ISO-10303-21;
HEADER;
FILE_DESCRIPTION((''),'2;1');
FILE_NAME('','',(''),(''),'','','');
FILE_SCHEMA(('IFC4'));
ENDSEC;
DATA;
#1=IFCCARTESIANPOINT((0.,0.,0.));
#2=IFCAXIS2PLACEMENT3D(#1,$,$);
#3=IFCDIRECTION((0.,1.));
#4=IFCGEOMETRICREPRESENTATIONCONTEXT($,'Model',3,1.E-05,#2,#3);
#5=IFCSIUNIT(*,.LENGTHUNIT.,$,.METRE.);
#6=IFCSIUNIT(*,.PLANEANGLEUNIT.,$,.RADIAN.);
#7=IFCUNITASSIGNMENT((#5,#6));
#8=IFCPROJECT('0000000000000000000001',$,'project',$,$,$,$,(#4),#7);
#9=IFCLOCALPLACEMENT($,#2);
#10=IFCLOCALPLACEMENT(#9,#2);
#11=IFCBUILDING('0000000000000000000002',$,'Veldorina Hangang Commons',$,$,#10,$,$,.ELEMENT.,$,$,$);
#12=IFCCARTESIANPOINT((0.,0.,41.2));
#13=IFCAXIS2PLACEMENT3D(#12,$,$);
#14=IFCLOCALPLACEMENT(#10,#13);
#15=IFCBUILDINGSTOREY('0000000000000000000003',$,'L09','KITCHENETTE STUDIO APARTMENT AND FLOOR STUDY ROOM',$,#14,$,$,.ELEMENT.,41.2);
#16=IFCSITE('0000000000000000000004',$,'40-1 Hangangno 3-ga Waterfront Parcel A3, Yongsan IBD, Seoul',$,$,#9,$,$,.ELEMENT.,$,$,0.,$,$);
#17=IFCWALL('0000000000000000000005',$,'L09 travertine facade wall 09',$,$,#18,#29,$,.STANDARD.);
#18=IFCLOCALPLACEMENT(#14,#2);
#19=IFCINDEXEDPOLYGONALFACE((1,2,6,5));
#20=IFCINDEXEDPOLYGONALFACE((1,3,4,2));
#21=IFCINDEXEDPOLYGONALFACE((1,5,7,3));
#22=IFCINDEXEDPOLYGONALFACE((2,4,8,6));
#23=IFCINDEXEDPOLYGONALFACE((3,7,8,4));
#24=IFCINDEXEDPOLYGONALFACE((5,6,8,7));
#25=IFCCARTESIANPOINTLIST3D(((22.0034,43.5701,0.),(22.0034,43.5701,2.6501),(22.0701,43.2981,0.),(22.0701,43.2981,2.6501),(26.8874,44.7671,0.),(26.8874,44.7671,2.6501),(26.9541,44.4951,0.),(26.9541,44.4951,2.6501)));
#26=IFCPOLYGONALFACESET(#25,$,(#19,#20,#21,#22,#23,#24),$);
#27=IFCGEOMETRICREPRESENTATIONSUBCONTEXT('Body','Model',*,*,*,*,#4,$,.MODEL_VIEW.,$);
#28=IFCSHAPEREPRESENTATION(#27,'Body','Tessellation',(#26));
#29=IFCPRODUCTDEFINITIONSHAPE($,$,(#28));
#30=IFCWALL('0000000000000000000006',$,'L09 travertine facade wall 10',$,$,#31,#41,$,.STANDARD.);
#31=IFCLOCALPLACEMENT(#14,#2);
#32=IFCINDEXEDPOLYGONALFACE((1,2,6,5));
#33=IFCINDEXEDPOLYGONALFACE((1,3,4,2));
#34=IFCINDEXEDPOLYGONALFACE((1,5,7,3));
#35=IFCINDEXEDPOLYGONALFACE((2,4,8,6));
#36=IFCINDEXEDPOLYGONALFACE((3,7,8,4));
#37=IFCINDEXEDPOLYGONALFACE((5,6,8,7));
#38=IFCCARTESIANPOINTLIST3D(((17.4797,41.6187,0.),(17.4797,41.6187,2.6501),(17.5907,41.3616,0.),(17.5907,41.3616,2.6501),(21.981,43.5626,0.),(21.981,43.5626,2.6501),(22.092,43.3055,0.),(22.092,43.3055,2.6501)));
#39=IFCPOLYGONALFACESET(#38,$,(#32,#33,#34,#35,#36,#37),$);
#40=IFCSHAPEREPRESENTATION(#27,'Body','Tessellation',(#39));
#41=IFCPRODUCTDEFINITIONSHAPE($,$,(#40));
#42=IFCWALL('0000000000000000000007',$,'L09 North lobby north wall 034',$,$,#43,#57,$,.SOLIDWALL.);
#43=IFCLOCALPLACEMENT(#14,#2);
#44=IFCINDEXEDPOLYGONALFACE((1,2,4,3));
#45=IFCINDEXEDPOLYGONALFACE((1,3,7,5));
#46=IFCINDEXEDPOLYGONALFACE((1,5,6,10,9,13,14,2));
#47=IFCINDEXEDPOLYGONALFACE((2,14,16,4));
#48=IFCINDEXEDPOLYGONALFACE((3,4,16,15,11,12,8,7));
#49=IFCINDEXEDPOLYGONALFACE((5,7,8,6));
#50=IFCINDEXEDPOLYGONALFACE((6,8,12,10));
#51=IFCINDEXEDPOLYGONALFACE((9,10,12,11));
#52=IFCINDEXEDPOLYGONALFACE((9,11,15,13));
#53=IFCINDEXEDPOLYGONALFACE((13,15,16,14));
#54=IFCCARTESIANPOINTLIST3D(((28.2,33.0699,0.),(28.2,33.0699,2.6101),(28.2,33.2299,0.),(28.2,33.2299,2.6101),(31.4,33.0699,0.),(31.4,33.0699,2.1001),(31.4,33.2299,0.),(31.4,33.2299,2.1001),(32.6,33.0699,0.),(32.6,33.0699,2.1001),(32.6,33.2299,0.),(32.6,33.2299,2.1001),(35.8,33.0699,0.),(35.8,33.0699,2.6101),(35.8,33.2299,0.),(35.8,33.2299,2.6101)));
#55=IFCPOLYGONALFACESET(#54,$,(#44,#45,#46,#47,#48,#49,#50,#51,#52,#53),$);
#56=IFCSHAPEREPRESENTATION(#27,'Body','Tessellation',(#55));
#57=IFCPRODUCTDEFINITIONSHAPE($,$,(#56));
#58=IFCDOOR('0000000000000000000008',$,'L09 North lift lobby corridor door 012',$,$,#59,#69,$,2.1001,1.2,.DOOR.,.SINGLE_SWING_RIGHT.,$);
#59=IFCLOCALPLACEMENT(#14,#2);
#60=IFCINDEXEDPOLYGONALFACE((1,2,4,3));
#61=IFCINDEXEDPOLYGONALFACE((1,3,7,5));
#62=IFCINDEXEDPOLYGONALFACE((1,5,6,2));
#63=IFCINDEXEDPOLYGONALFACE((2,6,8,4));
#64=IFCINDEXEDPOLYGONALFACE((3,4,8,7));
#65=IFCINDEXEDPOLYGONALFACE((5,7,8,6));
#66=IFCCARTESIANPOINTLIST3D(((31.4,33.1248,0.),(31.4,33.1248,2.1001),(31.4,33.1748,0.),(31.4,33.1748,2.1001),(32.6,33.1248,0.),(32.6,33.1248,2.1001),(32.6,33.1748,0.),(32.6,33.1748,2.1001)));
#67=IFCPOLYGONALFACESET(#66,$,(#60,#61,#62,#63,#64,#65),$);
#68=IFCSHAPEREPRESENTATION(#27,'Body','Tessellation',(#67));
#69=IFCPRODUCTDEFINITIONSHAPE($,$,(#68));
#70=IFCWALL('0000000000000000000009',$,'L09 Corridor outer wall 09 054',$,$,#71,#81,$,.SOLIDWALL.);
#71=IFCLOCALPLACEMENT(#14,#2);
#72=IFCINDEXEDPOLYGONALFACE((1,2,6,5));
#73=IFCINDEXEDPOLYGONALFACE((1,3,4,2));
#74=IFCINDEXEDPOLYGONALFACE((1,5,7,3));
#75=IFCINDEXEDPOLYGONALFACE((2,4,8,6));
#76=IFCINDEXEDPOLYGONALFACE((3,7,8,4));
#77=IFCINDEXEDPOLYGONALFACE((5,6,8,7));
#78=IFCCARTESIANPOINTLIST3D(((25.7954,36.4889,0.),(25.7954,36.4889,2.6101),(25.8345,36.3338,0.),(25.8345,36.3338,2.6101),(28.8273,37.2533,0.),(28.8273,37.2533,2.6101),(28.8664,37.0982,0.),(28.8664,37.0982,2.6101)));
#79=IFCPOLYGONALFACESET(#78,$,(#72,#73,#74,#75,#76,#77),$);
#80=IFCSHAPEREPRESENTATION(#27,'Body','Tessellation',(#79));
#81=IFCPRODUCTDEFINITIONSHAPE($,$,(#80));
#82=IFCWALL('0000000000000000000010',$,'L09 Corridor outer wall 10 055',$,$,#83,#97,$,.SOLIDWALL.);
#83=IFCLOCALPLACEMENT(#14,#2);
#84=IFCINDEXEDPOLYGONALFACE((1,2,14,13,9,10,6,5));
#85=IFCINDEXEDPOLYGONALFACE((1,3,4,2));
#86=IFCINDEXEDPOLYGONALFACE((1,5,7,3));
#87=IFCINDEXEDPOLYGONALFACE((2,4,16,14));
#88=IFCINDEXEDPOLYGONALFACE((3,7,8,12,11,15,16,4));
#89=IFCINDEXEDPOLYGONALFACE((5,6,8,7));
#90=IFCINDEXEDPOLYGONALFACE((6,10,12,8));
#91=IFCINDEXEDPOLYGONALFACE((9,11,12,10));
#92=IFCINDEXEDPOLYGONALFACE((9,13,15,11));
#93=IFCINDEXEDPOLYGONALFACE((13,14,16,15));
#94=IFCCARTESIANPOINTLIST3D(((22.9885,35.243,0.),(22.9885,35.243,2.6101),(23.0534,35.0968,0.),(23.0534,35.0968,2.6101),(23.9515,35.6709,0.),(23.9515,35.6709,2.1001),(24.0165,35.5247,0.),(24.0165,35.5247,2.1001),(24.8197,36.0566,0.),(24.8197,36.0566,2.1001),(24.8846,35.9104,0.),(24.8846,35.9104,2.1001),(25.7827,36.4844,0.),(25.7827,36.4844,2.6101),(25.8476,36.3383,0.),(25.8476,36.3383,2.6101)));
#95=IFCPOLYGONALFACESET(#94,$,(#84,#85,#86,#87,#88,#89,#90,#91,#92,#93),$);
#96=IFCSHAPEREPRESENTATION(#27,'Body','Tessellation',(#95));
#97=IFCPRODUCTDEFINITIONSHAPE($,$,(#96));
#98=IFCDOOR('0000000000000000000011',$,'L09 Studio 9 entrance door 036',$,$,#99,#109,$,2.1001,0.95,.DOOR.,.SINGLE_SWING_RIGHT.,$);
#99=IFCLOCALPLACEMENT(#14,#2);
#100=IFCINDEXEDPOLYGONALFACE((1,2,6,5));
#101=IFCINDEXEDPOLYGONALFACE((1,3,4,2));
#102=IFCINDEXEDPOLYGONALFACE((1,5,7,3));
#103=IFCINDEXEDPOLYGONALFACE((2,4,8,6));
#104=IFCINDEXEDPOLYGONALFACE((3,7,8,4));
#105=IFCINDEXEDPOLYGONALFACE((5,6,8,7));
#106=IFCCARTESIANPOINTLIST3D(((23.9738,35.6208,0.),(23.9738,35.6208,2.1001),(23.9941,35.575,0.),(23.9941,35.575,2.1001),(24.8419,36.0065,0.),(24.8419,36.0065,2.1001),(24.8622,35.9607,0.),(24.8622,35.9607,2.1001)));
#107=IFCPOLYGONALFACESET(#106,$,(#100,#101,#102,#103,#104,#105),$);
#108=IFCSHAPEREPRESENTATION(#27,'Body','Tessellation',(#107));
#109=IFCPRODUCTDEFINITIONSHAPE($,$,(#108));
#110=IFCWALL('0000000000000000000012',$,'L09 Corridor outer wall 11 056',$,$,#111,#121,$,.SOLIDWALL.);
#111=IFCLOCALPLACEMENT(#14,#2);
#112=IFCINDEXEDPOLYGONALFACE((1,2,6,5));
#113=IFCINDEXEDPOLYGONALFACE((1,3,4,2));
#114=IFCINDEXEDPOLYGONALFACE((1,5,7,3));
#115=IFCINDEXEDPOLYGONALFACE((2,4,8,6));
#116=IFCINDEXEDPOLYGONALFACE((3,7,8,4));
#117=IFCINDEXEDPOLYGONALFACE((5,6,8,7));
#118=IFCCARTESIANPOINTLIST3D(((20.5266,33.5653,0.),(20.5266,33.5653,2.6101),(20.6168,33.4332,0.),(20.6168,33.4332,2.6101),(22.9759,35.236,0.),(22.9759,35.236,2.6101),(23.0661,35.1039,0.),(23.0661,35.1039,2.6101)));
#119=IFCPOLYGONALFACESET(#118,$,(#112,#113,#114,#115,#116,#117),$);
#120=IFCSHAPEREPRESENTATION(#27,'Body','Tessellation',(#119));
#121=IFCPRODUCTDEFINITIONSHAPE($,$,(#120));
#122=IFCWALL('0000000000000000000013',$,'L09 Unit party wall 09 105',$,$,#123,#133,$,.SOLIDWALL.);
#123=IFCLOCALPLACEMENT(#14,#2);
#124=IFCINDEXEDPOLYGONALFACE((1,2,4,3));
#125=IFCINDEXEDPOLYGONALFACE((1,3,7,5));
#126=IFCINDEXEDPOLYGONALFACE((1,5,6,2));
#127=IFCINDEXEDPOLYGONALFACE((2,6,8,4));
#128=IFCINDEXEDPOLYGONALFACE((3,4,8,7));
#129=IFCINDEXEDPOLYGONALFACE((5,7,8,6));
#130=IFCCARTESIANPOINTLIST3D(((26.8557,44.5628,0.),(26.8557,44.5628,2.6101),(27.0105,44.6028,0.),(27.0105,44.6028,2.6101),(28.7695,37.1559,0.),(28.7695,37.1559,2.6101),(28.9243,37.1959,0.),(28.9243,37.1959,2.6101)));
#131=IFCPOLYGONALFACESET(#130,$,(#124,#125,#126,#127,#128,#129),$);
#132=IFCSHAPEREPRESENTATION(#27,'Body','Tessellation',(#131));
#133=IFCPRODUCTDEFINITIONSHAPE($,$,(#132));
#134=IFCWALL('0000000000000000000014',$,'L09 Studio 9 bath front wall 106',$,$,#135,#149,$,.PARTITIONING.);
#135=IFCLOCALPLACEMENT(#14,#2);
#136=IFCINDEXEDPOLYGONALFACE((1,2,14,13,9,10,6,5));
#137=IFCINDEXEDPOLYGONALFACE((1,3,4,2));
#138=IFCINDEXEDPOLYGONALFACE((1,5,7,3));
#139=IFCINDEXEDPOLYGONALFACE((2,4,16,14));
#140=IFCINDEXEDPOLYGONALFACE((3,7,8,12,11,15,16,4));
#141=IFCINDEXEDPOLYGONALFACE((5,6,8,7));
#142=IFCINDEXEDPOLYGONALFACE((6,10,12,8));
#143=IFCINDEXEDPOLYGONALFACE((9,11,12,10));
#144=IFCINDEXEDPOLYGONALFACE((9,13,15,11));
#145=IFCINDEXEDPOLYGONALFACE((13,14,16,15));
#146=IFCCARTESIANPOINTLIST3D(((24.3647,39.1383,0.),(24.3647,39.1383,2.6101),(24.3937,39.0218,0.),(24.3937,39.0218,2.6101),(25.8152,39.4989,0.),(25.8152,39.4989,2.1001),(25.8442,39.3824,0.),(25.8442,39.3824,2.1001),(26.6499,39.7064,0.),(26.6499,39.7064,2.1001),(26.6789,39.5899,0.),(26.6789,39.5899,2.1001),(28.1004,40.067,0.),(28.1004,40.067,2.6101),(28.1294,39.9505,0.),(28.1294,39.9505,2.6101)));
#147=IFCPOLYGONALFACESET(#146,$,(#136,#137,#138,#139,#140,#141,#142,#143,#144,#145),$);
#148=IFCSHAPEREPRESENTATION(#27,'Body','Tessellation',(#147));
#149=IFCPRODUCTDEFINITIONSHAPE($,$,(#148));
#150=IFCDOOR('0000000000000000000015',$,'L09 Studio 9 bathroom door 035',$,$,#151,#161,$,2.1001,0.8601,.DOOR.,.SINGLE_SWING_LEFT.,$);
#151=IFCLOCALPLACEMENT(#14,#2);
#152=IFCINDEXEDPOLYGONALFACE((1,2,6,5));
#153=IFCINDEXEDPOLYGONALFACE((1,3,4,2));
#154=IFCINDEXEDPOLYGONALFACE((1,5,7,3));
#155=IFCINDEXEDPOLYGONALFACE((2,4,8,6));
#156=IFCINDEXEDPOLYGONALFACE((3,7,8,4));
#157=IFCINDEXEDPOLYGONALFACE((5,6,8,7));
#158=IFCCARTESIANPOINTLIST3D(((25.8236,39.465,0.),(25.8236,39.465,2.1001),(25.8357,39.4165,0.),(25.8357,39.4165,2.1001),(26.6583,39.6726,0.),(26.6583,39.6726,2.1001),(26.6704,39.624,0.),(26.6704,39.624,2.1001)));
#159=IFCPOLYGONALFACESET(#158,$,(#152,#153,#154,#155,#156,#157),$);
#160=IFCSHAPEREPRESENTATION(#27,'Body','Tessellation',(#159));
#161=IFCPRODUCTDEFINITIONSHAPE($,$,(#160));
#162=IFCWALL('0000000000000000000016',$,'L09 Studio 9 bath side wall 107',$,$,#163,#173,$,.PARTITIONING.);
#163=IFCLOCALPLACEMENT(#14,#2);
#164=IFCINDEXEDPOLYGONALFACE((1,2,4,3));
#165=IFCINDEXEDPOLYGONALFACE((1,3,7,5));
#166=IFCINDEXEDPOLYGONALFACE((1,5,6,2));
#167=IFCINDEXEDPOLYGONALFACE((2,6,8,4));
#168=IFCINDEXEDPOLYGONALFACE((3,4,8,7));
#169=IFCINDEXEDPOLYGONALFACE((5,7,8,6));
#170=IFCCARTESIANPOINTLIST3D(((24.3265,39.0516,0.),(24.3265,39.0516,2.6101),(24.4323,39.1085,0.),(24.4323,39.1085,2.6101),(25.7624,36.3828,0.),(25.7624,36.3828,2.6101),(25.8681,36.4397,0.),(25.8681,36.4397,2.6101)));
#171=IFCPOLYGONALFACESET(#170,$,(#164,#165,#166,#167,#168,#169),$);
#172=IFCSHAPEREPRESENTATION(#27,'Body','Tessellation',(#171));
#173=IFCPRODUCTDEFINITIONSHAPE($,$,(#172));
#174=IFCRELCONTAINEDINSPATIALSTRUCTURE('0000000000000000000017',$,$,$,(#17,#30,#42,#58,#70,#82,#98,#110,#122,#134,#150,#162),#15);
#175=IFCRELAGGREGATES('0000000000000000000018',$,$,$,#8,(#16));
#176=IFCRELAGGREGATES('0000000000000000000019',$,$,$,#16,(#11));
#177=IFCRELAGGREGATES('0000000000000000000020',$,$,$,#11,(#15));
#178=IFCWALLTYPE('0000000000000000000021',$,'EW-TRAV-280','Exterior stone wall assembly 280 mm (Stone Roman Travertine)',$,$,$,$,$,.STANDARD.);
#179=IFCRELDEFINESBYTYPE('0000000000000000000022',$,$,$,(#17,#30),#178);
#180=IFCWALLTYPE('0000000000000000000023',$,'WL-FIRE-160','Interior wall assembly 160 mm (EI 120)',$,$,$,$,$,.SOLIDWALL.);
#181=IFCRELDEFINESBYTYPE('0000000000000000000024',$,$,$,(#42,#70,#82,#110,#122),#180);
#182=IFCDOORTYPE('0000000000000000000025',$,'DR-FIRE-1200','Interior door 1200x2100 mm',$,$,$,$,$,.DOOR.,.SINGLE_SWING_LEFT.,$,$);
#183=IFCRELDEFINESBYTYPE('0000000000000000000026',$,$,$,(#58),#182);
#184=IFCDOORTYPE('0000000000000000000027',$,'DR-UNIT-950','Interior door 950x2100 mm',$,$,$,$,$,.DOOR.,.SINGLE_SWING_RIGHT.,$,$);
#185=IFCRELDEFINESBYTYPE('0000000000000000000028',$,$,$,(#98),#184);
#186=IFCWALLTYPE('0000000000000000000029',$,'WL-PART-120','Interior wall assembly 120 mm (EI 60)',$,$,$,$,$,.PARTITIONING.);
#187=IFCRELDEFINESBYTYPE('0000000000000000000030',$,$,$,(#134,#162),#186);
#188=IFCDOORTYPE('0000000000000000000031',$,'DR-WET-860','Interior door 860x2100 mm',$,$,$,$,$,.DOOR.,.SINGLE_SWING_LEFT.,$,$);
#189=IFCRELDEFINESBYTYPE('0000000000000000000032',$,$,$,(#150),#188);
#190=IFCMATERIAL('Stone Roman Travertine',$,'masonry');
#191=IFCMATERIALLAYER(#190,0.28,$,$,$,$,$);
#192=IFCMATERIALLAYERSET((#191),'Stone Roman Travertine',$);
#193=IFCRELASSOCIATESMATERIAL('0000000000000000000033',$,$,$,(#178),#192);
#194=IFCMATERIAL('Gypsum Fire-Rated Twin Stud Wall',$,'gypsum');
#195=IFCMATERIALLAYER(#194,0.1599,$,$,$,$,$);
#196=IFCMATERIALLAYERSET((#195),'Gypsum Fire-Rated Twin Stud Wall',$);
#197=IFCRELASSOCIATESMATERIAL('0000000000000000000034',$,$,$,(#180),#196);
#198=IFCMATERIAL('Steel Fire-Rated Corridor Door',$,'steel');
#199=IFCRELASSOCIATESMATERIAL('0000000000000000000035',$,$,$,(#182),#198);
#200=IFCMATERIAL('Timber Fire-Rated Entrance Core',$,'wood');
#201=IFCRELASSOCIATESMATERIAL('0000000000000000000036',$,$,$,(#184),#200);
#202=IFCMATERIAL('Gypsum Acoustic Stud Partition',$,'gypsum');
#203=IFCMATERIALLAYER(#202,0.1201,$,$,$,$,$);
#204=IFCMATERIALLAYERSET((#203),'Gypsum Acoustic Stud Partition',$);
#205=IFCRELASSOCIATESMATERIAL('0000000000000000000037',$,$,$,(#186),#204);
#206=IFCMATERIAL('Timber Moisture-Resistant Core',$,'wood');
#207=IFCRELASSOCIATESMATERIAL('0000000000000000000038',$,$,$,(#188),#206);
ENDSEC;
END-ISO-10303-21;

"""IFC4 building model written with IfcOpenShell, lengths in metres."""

from ifc_helpers import new_model, si_unit, direction, frame, frame_2d, origin, place, context, subcontext, project, spatial, rectangle, extrude, material, layer, layer_set, type_object, element, fill, save


model = new_model("IFC4")

# Units and contexts
model_context = context("Model", 3, precision=1e-05, world=origin(), true_north=direction((0.0, 1.0)))
body_context = subcontext(model_context, "Body", "Model", "MODEL_VIEW")
ifc_project = project(units=[si_unit("LENGTHUNIT", "METRE"), si_unit("PLANEANGLEUNIT", "RADIAN")], contexts=[model_context])

# Site, building, storey
site_placement = place(None, origin())
site = spatial("IfcSite", under=ifc_project, at=site_placement, Name="40-1 Hangangno 3-ga Waterfront Parcel A3, Yongsan IBD, Seoul", CompositionType="ELEMENT", RefElevation=0.0)
building_placement = place(site_placement, origin())
building = spatial("IfcBuilding", under=site, at=building_placement, Name="Veldorina Hangang Commons", CompositionType="ELEMENT")
storey_placement = place(building_placement, frame((0.0, 0.0, 41.2)))
storey = spatial("IfcBuildingStorey", under=building, at=storey_placement, Name="L09", Description="KITCHENETTE STUDIO APARTMENT AND FLOOR STUDY ROOM", CompositionType="ELEMENT", Elevation=41.2)

# Walls
ifc_material_1 = material(Name="Stone Roman Travertine", Category="masonry")
ifc_layer_1 = layer(ifc_material_1, 0.28)
ifc_layer_set_1 = layer_set([ifc_layer_1], Name="Stone Roman Travertine")
wall_type_1 = type_object("IfcWallType", Name="EW-TRAV-280", Description="Exterior stone wall assembly 280 mm (Stone Roman Travertine)", PredefinedType="STANDARD", material=ifc_layer_set_1)
wall_1_placement = place(storey_placement, frame((26.9207, 44.6311, 0.0), z_axis=(0.0, 0.0, 1.0), x_axis=(-0.971254, -0.238044, 0.0)))
element("IfcWall", 1, at=wall_1_placement, inside=storey, type_object=wall_type_1, Name="L09 travertine facade wall 09", PredefinedType="STANDARD", context=body_context, shape_type="SweptSolid", body=[
    extrude(rectangle(XDim=5.0286, YDim=0.28, at=frame_2d((2.5142, 0.0))), origin(), (0.0, 0.0, 1.0), 2.6501),
])
wall_2_placement = place(storey_placement, frame((22.0366, 43.4341, 0.0), z_axis=(0.0, 0.0, 1.0), x_axis=(-0.918052, -0.39646, 0.0)))
element("IfcWall", 2, at=wall_2_placement, inside=storey, type_object=wall_type_1, Name="L09 travertine facade wall 10", PredefinedType="STANDARD", context=body_context, shape_type="SweptSolid", body=[
    extrude(rectangle(XDim=4.9031, YDim=0.28, at=frame_2d((2.4517, 0.0))), origin(), (0.0, 0.0, 1.0), 2.6501),
])

# Wall, opening, door
ifc_material_2 = material(Name="Gypsum Fire-Rated Twin Stud Wall", Category="gypsum")
ifc_layer_2 = layer(ifc_material_2, 0.1599)
ifc_layer_set_2 = layer_set([ifc_layer_2], Name="Gypsum Fire-Rated Twin Stud Wall")
wall_type_2 = type_object("IfcWallType", Name="WL-FIRE-160", Description="Interior wall assembly 160 mm (EI 120)", PredefinedType="SOLIDWALL", material=ifc_layer_set_2)
wall_3_placement = place(storey_placement, frame((28.2, 33.1499, 0.0), z_axis=(0.0, 0.0, 1.0), x_axis=(1.0, 0.0, 0.0)))
wall_3 = element("IfcWall", 3, at=wall_3_placement, inside=storey, type_object=wall_type_2, Name="L09 North lobby north wall 034", PredefinedType="SOLIDWALL", context=body_context, shape_type="SweptSolid", body=[
    extrude(rectangle(XDim=7.6001, YDim=0.1599, at=frame_2d((3.8, 0.0))), origin(), (0.0, 0.0, 1.0), 2.6101),
])
opening_1_placement = place(wall_3_placement, frame((3.2, 0.0, 0.0)))
opening_1 = element("IfcOpeningElement", 4, at=opening_1_placement, cuts=wall_3, PredefinedType="OPENING", context=body_context, shape_type="SweptSolid", body=[
    extrude(rectangle(XDim=1.2, YDim=2.1001, at=frame_2d((0.6001, 1.05))), frame((0.0, 0.0898, 0.0), z_axis=(0.0, -1.0, 0.0), x_axis=(1.0, 0.0, 0.0)), (0.0, 0.0, 1.0), 0.1799),
])
ifc_material_3 = material(Name="Steel Fire-Rated Corridor Door", Category="steel")
door_type_1 = type_object("IfcDoorType", Name="DR-FIRE-1200", Description="Interior door 1200x2100 mm", OperationType="SINGLE_SWING_LEFT", PredefinedType="DOOR", material=ifc_material_3)
door_1_placement = place(opening_1_placement, origin())
door_1 = element("IfcDoor", 5, at=door_1_placement, inside=storey, type_object=door_type_1, Name="L09 North lift lobby corridor door 012", OperationType="SINGLE_SWING_RIGHT", OverallHeight=2.1001, OverallWidth=1.2, PredefinedType="DOOR", context=body_context, shape_type="SweptSolid", body=[
    extrude(rectangle(XDim=1.2, YDim=2.1001, at=frame_2d((0.6001, 1.05))), frame((0.0, 0.0249, 0.0), z_axis=(0.0, -1.0, 0.0), x_axis=(1.0, 0.0, 0.0)), (0.0, 0.0, 1.0), 0.05),
])
fill(opening_1, door_1)

# Wall
wall_4_placement = place(storey_placement, frame((28.8469, 37.1758, 0.0), z_axis=(0.0, 0.0, 1.0), x_axis=(-0.969654, -0.244483, 0.0)))
element("IfcWall", 6, at=wall_4_placement, inside=storey, type_object=wall_type_2, Name="L09 Corridor outer wall 09 054", PredefinedType="SOLIDWALL", context=body_context, shape_type="SweptSolid", body=[
    extrude(rectangle(XDim=3.1267, YDim=0.1599, at=frame_2d((1.5635, 0.0))), origin(), (0.0, 0.0, 1.0), 2.6101),
])

# Wall, opening, door
wall_5_placement = place(storey_placement, frame((25.8152, 36.4114, 0.0), z_axis=(0.0, 0.0, 1.0), x_axis=(-0.913861, -0.406027, 0.0)))
wall_5 = element("IfcWall", 7, at=wall_5_placement, inside=storey, type_object=wall_type_2, Name="L09 Corridor outer wall 10 055", PredefinedType="SOLIDWALL", context=body_context, shape_type="SweptSolid", body=[
    extrude(rectangle(XDim=3.0576, YDim=0.1599, at=frame_2d((1.5288, 0.0))), origin(), (0.0, 0.0, 1.0), 2.6101),
])
opening_2_placement = place(wall_5_placement, frame((1.0537, 0.0, 0.0)))
opening_2 = element("IfcOpeningElement", 8, at=opening_2_placement, cuts=wall_5, PredefinedType="OPENING", context=body_context, shape_type="SweptSolid", body=[
    extrude(rectangle(XDim=0.95, YDim=2.1001, at=frame_2d((0.4751, 1.05))), frame((0.0, 0.0898, 0.0), z_axis=(0.0, -1.0, 0.0), x_axis=(1.0, 0.0, 0.0)), (0.0, 0.0, 1.0), 0.1799),
])
ifc_material_4 = material(Name="Timber Fire-Rated Entrance Core", Category="wood")
door_type_2 = type_object("IfcDoorType", Name="DR-UNIT-950", Description="Interior door 950x2100 mm", OperationType="SINGLE_SWING_RIGHT", PredefinedType="DOOR", material=ifc_material_4)
door_2_placement = place(opening_2_placement, origin())
door_2 = element("IfcDoor", 9, at=door_2_placement, inside=storey, type_object=door_type_2, Name="L09 Studio 9 entrance door 036", OperationType="SINGLE_SWING_RIGHT", OverallHeight=2.1001, OverallWidth=0.95, PredefinedType="DOOR", context=body_context, shape_type="SweptSolid", body=[
    extrude(rectangle(XDim=0.95, YDim=2.1001, at=frame_2d((0.4751, 1.05))), frame((0.0, 0.0249, 0.0), z_axis=(0.0, -1.0, 0.0), x_axis=(1.0, 0.0, 0.0)), (0.0, 0.0, 1.0), 0.05),
])
fill(opening_2, door_2)

# Walls
wall_6_placement = place(storey_placement, frame((23.021, 35.1699, 0.0), z_axis=(0.0, 0.0, 1.0), x_axis=(-0.826112, -0.563505, 0.0)))
element("IfcWall", 10, at=wall_6_placement, inside=storey, type_object=wall_type_2, Name="L09 Corridor outer wall 11 056", PredefinedType="SOLIDWALL", context=body_context, shape_type="SweptSolid", body=[
    extrude(rectangle(XDim=2.9648, YDim=0.1599, at=frame_2d((1.4824, 0.0))), origin(), (0.0, 0.0, 1.0), 2.6101),
])
wall_7_placement = place(storey_placement, frame((28.8469, 37.1758, 0.0), z_axis=(0.0, 0.0, 1.0), x_axis=(-0.250165, 0.968203, 0.0)))
element("IfcWall", 11, at=wall_7_placement, inside=storey, type_object=wall_type_2, Name="L09 Unit party wall 09 105", PredefinedType="SOLIDWALL", context=body_context, shape_type="SweptSolid", body=[
    extrude(rectangle(XDim=7.6501, YDim=0.1599, at=frame_2d((3.8252, 0.0))), origin(), (0.0, 0.0, 1.0), 2.6101),
])

# Wall, opening, door
ifc_material_5 = material(Name="Gypsum Acoustic Stud Partition", Category="gypsum")
ifc_layer_3 = layer(ifc_material_5, 0.1201)
ifc_layer_set_3 = layer_set([ifc_layer_3], Name="Gypsum Acoustic Stud Partition")
wall_type_3 = type_object("IfcWallType", Name="WL-PART-120", Description="Interior wall assembly 120 mm (EI 60)", PredefinedType="PARTITIONING", material=ifc_layer_set_3)
wall_8_placement = place(storey_placement, frame((28.115, 40.0088, 0.0), z_axis=(0.0, 0.0, 1.0), x_axis=(-0.970459, -0.241267, 0.0)))
wall_8 = element("IfcWall", 12, at=wall_8_placement, inside=storey, type_object=wall_type_3, Name="L09 Studio 9 bath front wall 106", PredefinedType="PARTITIONING", context=body_context, shape_type="SweptSolid", body=[
    extrude(rectangle(XDim=3.8494, YDim=0.1201, at=frame_2d((1.9248, 0.0))), origin(), (0.0, 0.0, 1.0), 2.6101),
])
opening_3_placement = place(wall_8_placement, frame((1.4946, 0.0, 0.0)))
opening_3 = element("IfcOpeningElement", 13, at=opening_3_placement, cuts=wall_8, PredefinedType="OPENING", context=body_context, shape_type="SweptSolid", body=[
    extrude(rectangle(XDim=0.8601, YDim=2.1001, at=frame_2d((0.4302, 1.05))), frame((0.0, 0.0701, 0.0), z_axis=(0.0, -1.0, 0.0), x_axis=(1.0, 0.0, 0.0)), (0.0, 0.0, 1.0), 0.1401),
])
ifc_material_6 = material(Name="Timber Moisture-Resistant Core", Category="wood")
door_type_3 = type_object("IfcDoorType", Name="DR-WET-860", Description="Interior door 860x2100 mm", OperationType="SINGLE_SWING_LEFT", PredefinedType="DOOR", material=ifc_material_6)
door_3_placement = place(opening_3_placement, origin())
door_3 = element("IfcDoor", 14, at=door_3_placement, inside=storey, type_object=door_type_3, Name="L09 Studio 9 bathroom door 035", OperationType="SINGLE_SWING_LEFT", OverallHeight=2.1001, OverallWidth=0.8601, PredefinedType="DOOR", context=body_context, shape_type="SweptSolid", body=[
    extrude(rectangle(XDim=0.8601, YDim=2.1001, at=frame_2d((0.4302, 1.05))), frame((0.0, 0.0249, 0.0), z_axis=(0.0, -1.0, 0.0), x_axis=(1.0, 0.0, 0.0)), (0.0, 0.0, 1.0), 0.05),
])
fill(opening_3, door_3)

# Wall
wall_9_placement = place(storey_placement, frame((25.8152, 36.4114, 0.0), z_axis=(0.0, 0.0, 1.0), x_axis=(-0.473792, 0.880637, 0.0)))
element("IfcWall", 15, at=wall_9_placement, inside=storey, type_object=wall_type_3, Name="L09 Studio 9 bath side wall 107", PredefinedType="PARTITIONING", context=body_context, shape_type="SweptSolid", body=[
    extrude(rectangle(XDim=3.0305, YDim=0.1201, at=frame_2d((1.5151, 0.0))), origin(), (0.0, 0.0, 1.0), 2.6101),
])

save(model, "model.ifc")
